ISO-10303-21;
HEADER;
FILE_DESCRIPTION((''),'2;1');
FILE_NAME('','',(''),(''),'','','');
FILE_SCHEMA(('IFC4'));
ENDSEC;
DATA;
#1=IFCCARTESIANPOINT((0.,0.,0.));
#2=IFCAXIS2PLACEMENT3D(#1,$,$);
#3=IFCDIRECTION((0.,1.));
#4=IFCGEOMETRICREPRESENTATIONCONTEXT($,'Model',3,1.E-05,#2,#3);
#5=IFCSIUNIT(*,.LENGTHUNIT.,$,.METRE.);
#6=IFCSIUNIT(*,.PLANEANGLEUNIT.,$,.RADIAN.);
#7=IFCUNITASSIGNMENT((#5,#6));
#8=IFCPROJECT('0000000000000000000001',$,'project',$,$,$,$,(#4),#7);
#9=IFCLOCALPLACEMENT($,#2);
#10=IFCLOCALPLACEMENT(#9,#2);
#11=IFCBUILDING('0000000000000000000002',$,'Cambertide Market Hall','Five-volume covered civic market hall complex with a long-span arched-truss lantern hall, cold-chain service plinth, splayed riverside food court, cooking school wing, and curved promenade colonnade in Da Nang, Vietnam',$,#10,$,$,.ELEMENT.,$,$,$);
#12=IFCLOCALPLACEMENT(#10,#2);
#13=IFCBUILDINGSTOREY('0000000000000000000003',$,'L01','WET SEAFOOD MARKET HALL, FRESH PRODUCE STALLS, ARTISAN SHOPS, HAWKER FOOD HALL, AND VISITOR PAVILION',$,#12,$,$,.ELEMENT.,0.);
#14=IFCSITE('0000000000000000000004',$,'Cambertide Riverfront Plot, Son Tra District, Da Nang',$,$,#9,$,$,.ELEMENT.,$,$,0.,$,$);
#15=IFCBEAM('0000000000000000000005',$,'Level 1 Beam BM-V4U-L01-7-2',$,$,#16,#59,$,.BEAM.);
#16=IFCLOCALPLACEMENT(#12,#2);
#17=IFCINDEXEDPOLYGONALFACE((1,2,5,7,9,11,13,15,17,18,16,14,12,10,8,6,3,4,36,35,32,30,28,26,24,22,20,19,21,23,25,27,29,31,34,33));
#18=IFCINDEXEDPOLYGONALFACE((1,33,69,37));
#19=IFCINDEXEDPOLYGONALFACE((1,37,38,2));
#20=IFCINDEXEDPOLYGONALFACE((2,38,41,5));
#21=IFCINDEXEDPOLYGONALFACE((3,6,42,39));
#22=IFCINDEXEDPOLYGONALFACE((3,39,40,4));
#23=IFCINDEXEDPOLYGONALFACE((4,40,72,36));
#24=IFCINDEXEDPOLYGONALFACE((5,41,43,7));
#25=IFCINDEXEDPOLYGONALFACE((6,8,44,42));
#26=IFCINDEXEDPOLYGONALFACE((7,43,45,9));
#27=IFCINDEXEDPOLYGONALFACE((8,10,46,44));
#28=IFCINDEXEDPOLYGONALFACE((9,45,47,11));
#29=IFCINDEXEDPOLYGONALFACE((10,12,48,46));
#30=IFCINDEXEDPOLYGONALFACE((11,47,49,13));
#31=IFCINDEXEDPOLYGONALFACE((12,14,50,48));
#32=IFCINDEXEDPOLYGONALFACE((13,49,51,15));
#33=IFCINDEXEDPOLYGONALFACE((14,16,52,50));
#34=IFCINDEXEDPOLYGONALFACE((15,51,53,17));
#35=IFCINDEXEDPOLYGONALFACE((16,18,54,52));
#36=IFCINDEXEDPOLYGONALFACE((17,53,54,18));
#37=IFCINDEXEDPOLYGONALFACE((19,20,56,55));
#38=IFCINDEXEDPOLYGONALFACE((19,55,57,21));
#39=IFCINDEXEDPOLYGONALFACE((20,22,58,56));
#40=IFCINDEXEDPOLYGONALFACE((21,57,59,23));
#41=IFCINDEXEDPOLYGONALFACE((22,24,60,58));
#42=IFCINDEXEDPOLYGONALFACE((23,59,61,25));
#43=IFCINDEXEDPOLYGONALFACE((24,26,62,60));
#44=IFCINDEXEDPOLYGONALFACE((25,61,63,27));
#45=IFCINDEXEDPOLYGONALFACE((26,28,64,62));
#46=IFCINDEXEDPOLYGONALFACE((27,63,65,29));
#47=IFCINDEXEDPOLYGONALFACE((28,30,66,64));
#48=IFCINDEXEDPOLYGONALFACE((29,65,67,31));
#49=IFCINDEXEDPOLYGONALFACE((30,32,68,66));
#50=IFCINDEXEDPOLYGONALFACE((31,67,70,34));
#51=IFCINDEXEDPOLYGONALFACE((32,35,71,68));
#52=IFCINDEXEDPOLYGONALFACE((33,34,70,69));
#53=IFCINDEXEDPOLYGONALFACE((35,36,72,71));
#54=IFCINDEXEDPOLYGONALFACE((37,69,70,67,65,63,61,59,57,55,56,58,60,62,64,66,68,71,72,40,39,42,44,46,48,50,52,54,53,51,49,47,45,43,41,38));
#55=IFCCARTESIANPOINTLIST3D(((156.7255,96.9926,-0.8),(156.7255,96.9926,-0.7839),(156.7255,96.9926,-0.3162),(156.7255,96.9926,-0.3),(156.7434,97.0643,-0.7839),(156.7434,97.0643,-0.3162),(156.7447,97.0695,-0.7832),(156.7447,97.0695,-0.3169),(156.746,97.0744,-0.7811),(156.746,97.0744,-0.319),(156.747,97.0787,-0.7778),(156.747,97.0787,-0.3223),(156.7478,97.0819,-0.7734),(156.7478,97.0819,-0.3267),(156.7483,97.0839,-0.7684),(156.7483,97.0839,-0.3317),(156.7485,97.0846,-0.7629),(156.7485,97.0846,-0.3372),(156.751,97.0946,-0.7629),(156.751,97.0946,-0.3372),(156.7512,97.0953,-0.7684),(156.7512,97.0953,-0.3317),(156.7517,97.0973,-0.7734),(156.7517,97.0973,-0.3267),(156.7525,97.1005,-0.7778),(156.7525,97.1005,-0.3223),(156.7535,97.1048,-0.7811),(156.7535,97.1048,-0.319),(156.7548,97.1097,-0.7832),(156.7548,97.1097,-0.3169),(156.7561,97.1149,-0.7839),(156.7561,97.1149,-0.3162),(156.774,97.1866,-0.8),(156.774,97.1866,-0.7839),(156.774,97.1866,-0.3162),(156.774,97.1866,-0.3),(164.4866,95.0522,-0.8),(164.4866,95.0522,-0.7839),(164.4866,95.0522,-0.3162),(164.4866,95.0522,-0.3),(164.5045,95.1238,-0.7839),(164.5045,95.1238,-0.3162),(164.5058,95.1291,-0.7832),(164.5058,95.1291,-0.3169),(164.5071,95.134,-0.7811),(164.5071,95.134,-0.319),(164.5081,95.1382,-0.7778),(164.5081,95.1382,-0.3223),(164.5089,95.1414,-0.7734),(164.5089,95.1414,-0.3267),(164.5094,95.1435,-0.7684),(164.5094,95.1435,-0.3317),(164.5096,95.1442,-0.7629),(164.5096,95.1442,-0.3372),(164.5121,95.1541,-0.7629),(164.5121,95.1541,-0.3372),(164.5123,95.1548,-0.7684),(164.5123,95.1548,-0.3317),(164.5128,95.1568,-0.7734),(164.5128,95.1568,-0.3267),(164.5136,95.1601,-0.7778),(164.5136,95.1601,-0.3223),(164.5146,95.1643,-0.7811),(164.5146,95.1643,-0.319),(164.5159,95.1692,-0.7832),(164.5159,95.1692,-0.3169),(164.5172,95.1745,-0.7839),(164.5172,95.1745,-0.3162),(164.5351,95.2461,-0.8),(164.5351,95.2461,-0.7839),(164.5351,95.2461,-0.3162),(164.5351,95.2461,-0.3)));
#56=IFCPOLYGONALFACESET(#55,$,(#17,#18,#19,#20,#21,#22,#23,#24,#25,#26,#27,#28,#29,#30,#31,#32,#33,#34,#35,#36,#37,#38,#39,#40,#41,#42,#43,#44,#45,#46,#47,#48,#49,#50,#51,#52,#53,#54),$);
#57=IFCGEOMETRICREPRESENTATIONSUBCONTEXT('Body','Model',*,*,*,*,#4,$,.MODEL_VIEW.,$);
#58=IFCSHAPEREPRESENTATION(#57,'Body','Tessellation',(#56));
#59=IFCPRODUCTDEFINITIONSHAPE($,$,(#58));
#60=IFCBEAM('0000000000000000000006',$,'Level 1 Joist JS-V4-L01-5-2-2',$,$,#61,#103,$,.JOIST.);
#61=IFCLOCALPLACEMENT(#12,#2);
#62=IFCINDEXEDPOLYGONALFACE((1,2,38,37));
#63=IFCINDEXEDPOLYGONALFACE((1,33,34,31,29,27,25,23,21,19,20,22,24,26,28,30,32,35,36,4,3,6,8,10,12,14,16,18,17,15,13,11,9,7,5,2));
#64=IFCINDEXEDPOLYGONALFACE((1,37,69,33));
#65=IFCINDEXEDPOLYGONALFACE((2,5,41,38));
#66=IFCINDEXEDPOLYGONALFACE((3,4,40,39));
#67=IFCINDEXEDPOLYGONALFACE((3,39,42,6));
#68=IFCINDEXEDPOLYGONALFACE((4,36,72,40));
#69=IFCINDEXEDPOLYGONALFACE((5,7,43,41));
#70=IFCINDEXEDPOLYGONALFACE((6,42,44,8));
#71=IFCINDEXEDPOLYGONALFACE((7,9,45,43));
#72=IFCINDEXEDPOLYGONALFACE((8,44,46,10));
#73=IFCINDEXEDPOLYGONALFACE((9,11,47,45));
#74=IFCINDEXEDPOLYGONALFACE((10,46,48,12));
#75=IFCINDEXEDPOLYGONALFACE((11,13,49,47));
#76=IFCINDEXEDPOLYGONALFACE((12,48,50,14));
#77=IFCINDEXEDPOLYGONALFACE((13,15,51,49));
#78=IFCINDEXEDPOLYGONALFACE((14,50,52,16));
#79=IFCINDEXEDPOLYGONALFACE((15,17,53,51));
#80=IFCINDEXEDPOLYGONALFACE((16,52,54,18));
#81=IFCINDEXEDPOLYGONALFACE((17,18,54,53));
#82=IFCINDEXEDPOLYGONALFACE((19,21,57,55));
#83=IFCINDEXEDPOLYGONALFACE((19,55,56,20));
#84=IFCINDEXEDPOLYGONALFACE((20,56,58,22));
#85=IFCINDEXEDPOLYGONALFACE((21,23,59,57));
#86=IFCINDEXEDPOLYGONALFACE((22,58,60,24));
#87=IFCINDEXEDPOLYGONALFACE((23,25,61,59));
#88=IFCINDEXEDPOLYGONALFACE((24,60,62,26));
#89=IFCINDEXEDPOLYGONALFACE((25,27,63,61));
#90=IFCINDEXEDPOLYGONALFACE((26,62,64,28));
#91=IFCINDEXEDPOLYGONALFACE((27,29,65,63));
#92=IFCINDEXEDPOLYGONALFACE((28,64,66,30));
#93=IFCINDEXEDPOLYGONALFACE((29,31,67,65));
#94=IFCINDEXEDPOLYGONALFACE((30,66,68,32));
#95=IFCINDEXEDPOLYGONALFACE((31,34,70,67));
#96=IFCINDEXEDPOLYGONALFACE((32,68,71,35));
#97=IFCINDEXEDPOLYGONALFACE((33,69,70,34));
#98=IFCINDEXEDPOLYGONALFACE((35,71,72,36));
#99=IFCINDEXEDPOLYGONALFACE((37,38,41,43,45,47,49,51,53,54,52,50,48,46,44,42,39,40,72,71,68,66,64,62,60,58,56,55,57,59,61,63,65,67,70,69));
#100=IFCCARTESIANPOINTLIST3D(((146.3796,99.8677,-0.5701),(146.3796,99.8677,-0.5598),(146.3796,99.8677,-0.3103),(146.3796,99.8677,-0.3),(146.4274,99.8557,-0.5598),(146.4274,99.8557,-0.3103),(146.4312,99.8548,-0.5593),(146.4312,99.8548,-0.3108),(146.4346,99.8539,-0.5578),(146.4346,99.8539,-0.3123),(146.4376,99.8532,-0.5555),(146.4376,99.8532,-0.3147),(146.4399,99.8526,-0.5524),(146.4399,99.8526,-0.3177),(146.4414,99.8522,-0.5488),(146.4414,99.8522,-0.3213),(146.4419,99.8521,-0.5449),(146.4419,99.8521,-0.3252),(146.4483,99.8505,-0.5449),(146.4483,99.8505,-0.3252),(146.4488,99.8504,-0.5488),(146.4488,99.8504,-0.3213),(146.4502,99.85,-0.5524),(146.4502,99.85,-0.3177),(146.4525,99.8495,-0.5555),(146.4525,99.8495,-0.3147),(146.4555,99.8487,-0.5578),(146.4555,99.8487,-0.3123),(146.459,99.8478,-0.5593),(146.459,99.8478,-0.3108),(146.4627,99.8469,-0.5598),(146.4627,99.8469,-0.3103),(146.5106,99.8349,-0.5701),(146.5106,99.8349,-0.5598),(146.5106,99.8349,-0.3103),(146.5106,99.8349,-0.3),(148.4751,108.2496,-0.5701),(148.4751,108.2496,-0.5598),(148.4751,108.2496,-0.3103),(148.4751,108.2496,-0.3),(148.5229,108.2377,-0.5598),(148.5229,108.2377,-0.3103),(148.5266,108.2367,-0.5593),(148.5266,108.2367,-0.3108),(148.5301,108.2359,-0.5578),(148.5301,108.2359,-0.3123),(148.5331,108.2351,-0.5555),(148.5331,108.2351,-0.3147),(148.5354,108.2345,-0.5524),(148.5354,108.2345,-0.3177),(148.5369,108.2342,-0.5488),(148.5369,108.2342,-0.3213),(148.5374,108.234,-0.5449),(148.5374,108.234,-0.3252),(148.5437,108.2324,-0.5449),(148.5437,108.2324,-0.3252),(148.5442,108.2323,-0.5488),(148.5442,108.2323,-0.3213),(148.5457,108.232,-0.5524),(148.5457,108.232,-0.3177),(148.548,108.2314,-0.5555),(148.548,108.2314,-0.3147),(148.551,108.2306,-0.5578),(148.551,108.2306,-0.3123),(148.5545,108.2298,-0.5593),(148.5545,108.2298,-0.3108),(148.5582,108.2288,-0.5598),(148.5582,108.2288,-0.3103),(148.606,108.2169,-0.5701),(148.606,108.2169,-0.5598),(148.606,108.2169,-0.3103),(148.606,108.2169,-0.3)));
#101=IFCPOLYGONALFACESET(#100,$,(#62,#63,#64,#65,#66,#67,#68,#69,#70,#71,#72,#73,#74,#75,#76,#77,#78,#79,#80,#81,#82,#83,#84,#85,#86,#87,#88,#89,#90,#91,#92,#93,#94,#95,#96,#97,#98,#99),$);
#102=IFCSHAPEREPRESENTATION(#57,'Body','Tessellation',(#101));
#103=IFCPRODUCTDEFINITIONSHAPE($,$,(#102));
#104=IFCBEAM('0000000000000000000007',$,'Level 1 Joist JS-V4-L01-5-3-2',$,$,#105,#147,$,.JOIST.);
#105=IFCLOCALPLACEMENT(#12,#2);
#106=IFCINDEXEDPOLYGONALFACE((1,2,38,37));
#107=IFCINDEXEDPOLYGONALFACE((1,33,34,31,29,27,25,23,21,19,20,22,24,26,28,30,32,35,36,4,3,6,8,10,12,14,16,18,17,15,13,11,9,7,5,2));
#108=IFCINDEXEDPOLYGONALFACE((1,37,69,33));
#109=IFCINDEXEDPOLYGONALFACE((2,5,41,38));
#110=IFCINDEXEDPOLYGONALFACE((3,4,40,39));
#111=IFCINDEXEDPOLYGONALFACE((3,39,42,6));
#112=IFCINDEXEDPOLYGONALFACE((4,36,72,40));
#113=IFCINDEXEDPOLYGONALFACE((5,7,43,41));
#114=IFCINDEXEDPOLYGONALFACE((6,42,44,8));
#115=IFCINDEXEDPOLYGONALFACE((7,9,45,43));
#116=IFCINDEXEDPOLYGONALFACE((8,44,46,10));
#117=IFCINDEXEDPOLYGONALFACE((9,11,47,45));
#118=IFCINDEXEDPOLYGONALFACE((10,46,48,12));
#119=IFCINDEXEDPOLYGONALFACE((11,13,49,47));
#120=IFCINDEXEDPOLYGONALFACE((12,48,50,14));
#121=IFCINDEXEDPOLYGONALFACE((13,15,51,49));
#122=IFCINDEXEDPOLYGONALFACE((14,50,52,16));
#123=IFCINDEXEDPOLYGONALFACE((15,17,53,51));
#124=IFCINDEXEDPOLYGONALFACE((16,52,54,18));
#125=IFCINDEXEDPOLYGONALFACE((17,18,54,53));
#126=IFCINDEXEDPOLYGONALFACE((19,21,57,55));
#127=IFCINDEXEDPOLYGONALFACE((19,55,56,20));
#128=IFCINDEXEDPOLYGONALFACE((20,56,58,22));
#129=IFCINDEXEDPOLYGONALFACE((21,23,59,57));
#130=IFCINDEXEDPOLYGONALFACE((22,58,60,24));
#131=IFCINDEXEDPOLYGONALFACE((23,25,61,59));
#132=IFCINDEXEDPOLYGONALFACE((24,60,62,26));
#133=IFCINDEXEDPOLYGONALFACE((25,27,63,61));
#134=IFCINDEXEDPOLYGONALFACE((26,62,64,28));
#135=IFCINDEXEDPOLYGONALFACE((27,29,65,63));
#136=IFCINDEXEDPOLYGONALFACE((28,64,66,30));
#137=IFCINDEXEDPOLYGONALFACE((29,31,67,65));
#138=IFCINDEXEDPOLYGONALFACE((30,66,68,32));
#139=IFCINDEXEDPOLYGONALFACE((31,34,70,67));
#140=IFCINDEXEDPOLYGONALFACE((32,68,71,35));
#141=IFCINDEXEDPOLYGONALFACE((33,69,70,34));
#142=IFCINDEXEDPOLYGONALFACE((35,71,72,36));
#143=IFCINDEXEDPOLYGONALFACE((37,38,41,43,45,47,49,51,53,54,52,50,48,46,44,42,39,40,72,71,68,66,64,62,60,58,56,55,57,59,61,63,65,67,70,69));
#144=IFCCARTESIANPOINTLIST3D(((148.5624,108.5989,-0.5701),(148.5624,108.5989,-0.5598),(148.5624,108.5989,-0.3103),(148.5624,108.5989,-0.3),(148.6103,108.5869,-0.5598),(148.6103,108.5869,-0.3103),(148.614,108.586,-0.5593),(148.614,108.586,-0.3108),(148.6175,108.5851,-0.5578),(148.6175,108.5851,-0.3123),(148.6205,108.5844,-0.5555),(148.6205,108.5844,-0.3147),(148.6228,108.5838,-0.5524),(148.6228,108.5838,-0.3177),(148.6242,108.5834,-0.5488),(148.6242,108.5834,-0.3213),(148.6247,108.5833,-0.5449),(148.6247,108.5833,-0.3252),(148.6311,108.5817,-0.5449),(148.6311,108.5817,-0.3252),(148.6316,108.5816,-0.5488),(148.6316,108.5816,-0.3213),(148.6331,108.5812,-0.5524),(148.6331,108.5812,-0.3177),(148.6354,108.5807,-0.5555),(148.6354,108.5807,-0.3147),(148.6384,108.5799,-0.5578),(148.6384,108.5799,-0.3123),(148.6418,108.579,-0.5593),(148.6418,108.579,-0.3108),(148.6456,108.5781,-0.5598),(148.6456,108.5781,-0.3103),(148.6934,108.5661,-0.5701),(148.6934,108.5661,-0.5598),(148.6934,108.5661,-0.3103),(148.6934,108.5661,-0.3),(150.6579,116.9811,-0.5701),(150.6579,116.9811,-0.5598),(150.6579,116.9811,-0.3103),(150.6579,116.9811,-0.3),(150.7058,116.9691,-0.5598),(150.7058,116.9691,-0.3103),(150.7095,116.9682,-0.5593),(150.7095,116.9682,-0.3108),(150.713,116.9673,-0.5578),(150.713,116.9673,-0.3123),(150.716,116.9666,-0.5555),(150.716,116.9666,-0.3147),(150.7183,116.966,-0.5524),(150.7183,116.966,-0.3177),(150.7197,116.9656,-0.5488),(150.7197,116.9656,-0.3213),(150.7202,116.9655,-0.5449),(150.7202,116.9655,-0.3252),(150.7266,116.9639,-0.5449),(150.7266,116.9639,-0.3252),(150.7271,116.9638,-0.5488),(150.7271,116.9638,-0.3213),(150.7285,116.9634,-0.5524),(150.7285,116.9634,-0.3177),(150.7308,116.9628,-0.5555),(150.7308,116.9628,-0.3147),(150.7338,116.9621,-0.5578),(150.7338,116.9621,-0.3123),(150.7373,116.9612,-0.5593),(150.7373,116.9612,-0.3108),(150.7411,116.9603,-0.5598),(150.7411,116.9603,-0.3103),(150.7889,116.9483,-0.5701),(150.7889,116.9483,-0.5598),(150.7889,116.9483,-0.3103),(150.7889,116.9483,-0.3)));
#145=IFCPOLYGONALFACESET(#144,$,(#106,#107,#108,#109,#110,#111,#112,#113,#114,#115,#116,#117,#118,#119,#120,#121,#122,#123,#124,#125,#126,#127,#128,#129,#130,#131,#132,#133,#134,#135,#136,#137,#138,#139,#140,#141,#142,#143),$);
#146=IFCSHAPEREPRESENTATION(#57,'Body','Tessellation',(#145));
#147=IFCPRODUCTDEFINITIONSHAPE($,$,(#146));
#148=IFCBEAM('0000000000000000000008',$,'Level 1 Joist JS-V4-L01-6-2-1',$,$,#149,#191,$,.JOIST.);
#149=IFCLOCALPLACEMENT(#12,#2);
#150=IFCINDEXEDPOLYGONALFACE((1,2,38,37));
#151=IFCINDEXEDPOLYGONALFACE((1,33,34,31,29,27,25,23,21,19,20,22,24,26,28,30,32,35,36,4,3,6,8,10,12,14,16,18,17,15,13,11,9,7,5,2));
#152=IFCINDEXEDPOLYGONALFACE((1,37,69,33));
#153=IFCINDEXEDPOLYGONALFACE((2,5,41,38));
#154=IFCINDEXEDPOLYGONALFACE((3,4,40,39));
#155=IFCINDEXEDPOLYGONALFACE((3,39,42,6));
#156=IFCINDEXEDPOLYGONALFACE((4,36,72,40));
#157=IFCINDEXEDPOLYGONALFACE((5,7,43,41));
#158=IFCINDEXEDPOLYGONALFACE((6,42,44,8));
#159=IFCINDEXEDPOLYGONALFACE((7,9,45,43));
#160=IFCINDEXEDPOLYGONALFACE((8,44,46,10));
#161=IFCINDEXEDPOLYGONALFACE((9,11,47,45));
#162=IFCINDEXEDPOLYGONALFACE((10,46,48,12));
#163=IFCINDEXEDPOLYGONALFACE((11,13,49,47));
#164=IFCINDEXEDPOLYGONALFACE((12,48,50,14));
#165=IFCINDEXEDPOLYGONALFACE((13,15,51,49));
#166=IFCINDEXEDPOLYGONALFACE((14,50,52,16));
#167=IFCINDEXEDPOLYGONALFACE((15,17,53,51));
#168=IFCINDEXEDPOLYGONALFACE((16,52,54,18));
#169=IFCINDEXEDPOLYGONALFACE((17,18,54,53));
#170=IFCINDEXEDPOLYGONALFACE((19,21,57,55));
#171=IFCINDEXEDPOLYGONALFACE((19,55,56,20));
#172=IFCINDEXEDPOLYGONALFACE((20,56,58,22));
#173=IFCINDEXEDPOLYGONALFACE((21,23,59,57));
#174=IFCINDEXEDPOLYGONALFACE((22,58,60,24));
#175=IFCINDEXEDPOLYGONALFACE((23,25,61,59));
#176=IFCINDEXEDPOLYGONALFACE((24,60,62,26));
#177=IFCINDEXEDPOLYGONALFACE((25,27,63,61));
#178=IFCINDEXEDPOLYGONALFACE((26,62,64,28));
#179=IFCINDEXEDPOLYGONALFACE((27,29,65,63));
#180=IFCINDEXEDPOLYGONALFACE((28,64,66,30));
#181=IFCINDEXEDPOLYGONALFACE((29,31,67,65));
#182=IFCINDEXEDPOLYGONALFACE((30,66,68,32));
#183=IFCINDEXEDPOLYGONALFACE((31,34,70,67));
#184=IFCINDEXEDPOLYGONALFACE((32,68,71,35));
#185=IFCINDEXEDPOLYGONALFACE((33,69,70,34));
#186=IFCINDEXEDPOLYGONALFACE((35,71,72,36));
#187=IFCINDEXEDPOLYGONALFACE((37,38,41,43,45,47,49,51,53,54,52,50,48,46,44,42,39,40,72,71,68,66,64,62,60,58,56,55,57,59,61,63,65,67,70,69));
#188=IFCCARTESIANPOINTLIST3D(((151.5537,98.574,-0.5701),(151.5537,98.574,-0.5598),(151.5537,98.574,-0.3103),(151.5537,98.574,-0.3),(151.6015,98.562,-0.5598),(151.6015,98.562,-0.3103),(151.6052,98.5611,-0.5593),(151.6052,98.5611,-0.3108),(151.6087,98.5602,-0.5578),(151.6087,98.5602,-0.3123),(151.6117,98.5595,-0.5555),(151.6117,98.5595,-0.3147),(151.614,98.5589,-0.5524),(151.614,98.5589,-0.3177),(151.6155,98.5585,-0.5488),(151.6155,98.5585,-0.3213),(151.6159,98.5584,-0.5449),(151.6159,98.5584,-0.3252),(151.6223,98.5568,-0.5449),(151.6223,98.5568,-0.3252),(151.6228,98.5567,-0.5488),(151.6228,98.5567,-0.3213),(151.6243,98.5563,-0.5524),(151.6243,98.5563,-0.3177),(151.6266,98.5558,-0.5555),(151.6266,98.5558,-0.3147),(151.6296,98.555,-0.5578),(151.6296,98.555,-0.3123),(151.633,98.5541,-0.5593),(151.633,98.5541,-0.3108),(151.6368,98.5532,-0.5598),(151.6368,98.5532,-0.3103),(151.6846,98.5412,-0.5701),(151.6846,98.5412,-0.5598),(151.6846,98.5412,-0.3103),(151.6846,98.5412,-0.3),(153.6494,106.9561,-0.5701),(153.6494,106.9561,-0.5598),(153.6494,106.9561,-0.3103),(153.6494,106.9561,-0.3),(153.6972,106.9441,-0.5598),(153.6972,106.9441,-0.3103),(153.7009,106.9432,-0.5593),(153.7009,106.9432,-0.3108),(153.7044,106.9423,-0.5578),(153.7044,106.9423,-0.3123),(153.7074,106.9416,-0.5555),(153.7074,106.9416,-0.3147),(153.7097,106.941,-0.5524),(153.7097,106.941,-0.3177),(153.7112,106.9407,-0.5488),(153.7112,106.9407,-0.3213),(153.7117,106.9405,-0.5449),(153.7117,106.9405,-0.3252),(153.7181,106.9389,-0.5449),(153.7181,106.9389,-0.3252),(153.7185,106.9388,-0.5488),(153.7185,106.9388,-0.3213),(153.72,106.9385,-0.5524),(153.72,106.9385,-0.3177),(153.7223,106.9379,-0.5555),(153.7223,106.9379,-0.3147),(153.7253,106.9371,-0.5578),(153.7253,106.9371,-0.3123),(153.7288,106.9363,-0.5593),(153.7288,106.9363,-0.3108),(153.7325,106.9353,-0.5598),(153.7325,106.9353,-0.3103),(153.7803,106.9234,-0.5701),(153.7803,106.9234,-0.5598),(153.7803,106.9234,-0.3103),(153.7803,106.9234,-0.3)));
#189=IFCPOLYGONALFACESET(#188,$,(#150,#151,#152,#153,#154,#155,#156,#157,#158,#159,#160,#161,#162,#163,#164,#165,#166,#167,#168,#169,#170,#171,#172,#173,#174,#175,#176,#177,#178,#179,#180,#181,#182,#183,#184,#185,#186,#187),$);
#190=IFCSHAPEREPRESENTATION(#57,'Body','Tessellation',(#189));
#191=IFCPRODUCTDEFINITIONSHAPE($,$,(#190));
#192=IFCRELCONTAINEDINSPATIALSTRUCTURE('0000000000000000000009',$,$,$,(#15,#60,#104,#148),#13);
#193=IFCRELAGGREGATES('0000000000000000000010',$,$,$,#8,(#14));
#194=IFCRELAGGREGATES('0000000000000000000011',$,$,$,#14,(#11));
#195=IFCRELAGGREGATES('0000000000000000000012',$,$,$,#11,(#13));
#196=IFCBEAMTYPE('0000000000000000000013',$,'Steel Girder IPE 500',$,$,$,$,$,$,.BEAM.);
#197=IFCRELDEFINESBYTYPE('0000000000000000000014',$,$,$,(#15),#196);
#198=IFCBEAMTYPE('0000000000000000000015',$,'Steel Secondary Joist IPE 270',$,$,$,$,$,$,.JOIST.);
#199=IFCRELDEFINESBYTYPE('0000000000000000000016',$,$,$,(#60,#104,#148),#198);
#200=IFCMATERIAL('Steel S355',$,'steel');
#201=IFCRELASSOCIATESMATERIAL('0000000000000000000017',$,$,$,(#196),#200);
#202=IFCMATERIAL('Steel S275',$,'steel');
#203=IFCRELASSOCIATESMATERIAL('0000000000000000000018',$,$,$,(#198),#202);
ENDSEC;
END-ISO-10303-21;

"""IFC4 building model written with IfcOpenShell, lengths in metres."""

from ifc_helpers import new_model, si_unit, direction, frame, origin, origin_2d, place, context, subcontext, project, spatial, i_section, extrude, material, material_profile, profile_set, type_object, element, save


model = new_model("IFC4")

# Units and contexts
model_context = context("Model", 3, precision=1e-05, world=origin(), true_north=direction((0.0, 1.0)))
body_context = subcontext(model_context, "Body", "Model", "MODEL_VIEW")
ifc_project = project(units=[si_unit("LENGTHUNIT", "METRE"), si_unit("PLANEANGLEUNIT", "RADIAN")], contexts=[model_context])

# Site, building, storey
site_placement = place(None, origin())
site = spatial("IfcSite", under=ifc_project, at=site_placement, Name="Cambertide Riverfront Plot, Son Tra District, Da Nang", CompositionType="ELEMENT", RefElevation=0.0)
building_placement = place(site_placement, origin())
building = spatial("IfcBuilding", under=site, at=building_placement, Name="Cambertide Market Hall", Description="Five-volume covered civic market hall complex with a long-span arched-truss lantern hall, cold-chain service plinth, splayed riverside food court, cooking school wing, and curved promenade colonnade in Da Nang, Vietnam", CompositionType="ELEMENT")
storey_placement = place(building_placement, origin())
storey = spatial("IfcBuildingStorey", under=building, at=storey_placement, Name="L01", Description="WET SEAFOOD MARKET HALL, FRESH PRODUCE STALLS, ARTISAN SHOPS, HAWKER FOOD HALL, AND VISITOR PAVILION", CompositionType="ELEMENT", Elevation=0.0)

# Beams
ifc_material_1 = material(Name="Steel S355", Category="steel")
ifc_material_profile_1 = material_profile(ifc_material_1, i_section(OverallWidth=0.2, OverallDepth=0.5, WebThickness=0.0103, FlangeThickness=0.0161, FilletRadius=0.021, at=origin_2d()), Name="IPE 500")
ifc_profile_set_1 = profile_set([ifc_material_profile_1], Name="Steel S355")
beam_type_1 = type_object("IfcBeamType", Name="Steel Girder IPE 500", PredefinedType="BEAM", material=ifc_profile_set_1)
for number, where, z_axis, x_axis, name in (
    (1, (156.7498, 97.0896, -0.55), (0.970137, -0.242557, 0.0), (0.242557, 0.970137, 0.0), "Level 1 Beam BM-V4U-L01-7-2"),
):
    element("IfcBeam", number, at=place(storey_placement, frame(where, z_axis=z_axis, x_axis=x_axis)), inside=storey, type_object=beam_type_1, Name=name, PredefinedType="BEAM", context=body_context, shape_type="SweptSolid", body=[
        extrude(i_section(OverallWidth=0.2, OverallDepth=0.5, WebThickness=0.0103, FlangeThickness=0.0161, FilletRadius=0.021, at=origin_2d()), origin(), (0.0, 0.0, 1.0), 8.0),
    ])
ifc_material_2 = material(Name="Steel S275", Category="steel")
ifc_material_profile_2 = material_profile(ifc_material_2, i_section(OverallWidth=0.135, OverallDepth=0.27, WebThickness=0.0066, FlangeThickness=0.0103, FilletRadius=0.0149, at=origin_2d()), Name="IPE 270")
ifc_profile_set_2 = profile_set([ifc_material_profile_2], Name="Steel S275")
beam_type_2 = type_object("IfcBeamType", Name="Steel Secondary Joist IPE 270", PredefinedType="JOIST", material=ifc_profile_set_2)
beam_1_placement = place(storey_placement, frame((146.4451, 99.8513, -0.4351), z_axis=(0.242536, 0.970143, 0.0), x_axis=(-0.970143, 0.242536, 0.0)))
element("IfcBeam", 2, at=beam_1_placement, inside=storey, type_object=beam_type_2, Name="Level 1 Joist JS-V4-L01-5-2-2", PredefinedType="JOIST", context=body_context, shape_type="SweptSolid", body=[
    extrude(i_section(OverallWidth=0.135, OverallDepth=0.27, WebThickness=0.0066, FlangeThickness=0.0103, FilletRadius=0.0149, at=origin_2d()), origin(), (0.0, 0.0, 1.0), 8.6399),
])
for number, where, z_axis, x_axis, name in (
    (3, (148.6279, 108.5825, -0.4351), (0.242529, 0.970144, 0.0), (-0.970144, 0.242529, 0.0), "Level 1 Joist JS-V4-L01-5-3-2"),
    (4, (151.6191, 98.5576, -0.4351), (0.242556, 0.970138, 0.0), (-0.970138, 0.242556, 0.0), "Level 1 Joist JS-V4-L01-6-2-1"),
):
    element("IfcBeam", number, at=place(storey_placement, frame(where, z_axis=z_axis, x_axis=x_axis)), inside=storey, type_object=beam_type_2, Name=name, PredefinedType="JOIST", context=body_context, shape_type="SweptSolid", body=[
        extrude(i_section(OverallWidth=0.135, OverallDepth=0.27, WebThickness=0.0066, FlangeThickness=0.0103, FilletRadius=0.0149, at=origin_2d()), origin(), (0.0, 0.0, 1.0), 8.6401),
    ])

save(model, "model.ifc")
